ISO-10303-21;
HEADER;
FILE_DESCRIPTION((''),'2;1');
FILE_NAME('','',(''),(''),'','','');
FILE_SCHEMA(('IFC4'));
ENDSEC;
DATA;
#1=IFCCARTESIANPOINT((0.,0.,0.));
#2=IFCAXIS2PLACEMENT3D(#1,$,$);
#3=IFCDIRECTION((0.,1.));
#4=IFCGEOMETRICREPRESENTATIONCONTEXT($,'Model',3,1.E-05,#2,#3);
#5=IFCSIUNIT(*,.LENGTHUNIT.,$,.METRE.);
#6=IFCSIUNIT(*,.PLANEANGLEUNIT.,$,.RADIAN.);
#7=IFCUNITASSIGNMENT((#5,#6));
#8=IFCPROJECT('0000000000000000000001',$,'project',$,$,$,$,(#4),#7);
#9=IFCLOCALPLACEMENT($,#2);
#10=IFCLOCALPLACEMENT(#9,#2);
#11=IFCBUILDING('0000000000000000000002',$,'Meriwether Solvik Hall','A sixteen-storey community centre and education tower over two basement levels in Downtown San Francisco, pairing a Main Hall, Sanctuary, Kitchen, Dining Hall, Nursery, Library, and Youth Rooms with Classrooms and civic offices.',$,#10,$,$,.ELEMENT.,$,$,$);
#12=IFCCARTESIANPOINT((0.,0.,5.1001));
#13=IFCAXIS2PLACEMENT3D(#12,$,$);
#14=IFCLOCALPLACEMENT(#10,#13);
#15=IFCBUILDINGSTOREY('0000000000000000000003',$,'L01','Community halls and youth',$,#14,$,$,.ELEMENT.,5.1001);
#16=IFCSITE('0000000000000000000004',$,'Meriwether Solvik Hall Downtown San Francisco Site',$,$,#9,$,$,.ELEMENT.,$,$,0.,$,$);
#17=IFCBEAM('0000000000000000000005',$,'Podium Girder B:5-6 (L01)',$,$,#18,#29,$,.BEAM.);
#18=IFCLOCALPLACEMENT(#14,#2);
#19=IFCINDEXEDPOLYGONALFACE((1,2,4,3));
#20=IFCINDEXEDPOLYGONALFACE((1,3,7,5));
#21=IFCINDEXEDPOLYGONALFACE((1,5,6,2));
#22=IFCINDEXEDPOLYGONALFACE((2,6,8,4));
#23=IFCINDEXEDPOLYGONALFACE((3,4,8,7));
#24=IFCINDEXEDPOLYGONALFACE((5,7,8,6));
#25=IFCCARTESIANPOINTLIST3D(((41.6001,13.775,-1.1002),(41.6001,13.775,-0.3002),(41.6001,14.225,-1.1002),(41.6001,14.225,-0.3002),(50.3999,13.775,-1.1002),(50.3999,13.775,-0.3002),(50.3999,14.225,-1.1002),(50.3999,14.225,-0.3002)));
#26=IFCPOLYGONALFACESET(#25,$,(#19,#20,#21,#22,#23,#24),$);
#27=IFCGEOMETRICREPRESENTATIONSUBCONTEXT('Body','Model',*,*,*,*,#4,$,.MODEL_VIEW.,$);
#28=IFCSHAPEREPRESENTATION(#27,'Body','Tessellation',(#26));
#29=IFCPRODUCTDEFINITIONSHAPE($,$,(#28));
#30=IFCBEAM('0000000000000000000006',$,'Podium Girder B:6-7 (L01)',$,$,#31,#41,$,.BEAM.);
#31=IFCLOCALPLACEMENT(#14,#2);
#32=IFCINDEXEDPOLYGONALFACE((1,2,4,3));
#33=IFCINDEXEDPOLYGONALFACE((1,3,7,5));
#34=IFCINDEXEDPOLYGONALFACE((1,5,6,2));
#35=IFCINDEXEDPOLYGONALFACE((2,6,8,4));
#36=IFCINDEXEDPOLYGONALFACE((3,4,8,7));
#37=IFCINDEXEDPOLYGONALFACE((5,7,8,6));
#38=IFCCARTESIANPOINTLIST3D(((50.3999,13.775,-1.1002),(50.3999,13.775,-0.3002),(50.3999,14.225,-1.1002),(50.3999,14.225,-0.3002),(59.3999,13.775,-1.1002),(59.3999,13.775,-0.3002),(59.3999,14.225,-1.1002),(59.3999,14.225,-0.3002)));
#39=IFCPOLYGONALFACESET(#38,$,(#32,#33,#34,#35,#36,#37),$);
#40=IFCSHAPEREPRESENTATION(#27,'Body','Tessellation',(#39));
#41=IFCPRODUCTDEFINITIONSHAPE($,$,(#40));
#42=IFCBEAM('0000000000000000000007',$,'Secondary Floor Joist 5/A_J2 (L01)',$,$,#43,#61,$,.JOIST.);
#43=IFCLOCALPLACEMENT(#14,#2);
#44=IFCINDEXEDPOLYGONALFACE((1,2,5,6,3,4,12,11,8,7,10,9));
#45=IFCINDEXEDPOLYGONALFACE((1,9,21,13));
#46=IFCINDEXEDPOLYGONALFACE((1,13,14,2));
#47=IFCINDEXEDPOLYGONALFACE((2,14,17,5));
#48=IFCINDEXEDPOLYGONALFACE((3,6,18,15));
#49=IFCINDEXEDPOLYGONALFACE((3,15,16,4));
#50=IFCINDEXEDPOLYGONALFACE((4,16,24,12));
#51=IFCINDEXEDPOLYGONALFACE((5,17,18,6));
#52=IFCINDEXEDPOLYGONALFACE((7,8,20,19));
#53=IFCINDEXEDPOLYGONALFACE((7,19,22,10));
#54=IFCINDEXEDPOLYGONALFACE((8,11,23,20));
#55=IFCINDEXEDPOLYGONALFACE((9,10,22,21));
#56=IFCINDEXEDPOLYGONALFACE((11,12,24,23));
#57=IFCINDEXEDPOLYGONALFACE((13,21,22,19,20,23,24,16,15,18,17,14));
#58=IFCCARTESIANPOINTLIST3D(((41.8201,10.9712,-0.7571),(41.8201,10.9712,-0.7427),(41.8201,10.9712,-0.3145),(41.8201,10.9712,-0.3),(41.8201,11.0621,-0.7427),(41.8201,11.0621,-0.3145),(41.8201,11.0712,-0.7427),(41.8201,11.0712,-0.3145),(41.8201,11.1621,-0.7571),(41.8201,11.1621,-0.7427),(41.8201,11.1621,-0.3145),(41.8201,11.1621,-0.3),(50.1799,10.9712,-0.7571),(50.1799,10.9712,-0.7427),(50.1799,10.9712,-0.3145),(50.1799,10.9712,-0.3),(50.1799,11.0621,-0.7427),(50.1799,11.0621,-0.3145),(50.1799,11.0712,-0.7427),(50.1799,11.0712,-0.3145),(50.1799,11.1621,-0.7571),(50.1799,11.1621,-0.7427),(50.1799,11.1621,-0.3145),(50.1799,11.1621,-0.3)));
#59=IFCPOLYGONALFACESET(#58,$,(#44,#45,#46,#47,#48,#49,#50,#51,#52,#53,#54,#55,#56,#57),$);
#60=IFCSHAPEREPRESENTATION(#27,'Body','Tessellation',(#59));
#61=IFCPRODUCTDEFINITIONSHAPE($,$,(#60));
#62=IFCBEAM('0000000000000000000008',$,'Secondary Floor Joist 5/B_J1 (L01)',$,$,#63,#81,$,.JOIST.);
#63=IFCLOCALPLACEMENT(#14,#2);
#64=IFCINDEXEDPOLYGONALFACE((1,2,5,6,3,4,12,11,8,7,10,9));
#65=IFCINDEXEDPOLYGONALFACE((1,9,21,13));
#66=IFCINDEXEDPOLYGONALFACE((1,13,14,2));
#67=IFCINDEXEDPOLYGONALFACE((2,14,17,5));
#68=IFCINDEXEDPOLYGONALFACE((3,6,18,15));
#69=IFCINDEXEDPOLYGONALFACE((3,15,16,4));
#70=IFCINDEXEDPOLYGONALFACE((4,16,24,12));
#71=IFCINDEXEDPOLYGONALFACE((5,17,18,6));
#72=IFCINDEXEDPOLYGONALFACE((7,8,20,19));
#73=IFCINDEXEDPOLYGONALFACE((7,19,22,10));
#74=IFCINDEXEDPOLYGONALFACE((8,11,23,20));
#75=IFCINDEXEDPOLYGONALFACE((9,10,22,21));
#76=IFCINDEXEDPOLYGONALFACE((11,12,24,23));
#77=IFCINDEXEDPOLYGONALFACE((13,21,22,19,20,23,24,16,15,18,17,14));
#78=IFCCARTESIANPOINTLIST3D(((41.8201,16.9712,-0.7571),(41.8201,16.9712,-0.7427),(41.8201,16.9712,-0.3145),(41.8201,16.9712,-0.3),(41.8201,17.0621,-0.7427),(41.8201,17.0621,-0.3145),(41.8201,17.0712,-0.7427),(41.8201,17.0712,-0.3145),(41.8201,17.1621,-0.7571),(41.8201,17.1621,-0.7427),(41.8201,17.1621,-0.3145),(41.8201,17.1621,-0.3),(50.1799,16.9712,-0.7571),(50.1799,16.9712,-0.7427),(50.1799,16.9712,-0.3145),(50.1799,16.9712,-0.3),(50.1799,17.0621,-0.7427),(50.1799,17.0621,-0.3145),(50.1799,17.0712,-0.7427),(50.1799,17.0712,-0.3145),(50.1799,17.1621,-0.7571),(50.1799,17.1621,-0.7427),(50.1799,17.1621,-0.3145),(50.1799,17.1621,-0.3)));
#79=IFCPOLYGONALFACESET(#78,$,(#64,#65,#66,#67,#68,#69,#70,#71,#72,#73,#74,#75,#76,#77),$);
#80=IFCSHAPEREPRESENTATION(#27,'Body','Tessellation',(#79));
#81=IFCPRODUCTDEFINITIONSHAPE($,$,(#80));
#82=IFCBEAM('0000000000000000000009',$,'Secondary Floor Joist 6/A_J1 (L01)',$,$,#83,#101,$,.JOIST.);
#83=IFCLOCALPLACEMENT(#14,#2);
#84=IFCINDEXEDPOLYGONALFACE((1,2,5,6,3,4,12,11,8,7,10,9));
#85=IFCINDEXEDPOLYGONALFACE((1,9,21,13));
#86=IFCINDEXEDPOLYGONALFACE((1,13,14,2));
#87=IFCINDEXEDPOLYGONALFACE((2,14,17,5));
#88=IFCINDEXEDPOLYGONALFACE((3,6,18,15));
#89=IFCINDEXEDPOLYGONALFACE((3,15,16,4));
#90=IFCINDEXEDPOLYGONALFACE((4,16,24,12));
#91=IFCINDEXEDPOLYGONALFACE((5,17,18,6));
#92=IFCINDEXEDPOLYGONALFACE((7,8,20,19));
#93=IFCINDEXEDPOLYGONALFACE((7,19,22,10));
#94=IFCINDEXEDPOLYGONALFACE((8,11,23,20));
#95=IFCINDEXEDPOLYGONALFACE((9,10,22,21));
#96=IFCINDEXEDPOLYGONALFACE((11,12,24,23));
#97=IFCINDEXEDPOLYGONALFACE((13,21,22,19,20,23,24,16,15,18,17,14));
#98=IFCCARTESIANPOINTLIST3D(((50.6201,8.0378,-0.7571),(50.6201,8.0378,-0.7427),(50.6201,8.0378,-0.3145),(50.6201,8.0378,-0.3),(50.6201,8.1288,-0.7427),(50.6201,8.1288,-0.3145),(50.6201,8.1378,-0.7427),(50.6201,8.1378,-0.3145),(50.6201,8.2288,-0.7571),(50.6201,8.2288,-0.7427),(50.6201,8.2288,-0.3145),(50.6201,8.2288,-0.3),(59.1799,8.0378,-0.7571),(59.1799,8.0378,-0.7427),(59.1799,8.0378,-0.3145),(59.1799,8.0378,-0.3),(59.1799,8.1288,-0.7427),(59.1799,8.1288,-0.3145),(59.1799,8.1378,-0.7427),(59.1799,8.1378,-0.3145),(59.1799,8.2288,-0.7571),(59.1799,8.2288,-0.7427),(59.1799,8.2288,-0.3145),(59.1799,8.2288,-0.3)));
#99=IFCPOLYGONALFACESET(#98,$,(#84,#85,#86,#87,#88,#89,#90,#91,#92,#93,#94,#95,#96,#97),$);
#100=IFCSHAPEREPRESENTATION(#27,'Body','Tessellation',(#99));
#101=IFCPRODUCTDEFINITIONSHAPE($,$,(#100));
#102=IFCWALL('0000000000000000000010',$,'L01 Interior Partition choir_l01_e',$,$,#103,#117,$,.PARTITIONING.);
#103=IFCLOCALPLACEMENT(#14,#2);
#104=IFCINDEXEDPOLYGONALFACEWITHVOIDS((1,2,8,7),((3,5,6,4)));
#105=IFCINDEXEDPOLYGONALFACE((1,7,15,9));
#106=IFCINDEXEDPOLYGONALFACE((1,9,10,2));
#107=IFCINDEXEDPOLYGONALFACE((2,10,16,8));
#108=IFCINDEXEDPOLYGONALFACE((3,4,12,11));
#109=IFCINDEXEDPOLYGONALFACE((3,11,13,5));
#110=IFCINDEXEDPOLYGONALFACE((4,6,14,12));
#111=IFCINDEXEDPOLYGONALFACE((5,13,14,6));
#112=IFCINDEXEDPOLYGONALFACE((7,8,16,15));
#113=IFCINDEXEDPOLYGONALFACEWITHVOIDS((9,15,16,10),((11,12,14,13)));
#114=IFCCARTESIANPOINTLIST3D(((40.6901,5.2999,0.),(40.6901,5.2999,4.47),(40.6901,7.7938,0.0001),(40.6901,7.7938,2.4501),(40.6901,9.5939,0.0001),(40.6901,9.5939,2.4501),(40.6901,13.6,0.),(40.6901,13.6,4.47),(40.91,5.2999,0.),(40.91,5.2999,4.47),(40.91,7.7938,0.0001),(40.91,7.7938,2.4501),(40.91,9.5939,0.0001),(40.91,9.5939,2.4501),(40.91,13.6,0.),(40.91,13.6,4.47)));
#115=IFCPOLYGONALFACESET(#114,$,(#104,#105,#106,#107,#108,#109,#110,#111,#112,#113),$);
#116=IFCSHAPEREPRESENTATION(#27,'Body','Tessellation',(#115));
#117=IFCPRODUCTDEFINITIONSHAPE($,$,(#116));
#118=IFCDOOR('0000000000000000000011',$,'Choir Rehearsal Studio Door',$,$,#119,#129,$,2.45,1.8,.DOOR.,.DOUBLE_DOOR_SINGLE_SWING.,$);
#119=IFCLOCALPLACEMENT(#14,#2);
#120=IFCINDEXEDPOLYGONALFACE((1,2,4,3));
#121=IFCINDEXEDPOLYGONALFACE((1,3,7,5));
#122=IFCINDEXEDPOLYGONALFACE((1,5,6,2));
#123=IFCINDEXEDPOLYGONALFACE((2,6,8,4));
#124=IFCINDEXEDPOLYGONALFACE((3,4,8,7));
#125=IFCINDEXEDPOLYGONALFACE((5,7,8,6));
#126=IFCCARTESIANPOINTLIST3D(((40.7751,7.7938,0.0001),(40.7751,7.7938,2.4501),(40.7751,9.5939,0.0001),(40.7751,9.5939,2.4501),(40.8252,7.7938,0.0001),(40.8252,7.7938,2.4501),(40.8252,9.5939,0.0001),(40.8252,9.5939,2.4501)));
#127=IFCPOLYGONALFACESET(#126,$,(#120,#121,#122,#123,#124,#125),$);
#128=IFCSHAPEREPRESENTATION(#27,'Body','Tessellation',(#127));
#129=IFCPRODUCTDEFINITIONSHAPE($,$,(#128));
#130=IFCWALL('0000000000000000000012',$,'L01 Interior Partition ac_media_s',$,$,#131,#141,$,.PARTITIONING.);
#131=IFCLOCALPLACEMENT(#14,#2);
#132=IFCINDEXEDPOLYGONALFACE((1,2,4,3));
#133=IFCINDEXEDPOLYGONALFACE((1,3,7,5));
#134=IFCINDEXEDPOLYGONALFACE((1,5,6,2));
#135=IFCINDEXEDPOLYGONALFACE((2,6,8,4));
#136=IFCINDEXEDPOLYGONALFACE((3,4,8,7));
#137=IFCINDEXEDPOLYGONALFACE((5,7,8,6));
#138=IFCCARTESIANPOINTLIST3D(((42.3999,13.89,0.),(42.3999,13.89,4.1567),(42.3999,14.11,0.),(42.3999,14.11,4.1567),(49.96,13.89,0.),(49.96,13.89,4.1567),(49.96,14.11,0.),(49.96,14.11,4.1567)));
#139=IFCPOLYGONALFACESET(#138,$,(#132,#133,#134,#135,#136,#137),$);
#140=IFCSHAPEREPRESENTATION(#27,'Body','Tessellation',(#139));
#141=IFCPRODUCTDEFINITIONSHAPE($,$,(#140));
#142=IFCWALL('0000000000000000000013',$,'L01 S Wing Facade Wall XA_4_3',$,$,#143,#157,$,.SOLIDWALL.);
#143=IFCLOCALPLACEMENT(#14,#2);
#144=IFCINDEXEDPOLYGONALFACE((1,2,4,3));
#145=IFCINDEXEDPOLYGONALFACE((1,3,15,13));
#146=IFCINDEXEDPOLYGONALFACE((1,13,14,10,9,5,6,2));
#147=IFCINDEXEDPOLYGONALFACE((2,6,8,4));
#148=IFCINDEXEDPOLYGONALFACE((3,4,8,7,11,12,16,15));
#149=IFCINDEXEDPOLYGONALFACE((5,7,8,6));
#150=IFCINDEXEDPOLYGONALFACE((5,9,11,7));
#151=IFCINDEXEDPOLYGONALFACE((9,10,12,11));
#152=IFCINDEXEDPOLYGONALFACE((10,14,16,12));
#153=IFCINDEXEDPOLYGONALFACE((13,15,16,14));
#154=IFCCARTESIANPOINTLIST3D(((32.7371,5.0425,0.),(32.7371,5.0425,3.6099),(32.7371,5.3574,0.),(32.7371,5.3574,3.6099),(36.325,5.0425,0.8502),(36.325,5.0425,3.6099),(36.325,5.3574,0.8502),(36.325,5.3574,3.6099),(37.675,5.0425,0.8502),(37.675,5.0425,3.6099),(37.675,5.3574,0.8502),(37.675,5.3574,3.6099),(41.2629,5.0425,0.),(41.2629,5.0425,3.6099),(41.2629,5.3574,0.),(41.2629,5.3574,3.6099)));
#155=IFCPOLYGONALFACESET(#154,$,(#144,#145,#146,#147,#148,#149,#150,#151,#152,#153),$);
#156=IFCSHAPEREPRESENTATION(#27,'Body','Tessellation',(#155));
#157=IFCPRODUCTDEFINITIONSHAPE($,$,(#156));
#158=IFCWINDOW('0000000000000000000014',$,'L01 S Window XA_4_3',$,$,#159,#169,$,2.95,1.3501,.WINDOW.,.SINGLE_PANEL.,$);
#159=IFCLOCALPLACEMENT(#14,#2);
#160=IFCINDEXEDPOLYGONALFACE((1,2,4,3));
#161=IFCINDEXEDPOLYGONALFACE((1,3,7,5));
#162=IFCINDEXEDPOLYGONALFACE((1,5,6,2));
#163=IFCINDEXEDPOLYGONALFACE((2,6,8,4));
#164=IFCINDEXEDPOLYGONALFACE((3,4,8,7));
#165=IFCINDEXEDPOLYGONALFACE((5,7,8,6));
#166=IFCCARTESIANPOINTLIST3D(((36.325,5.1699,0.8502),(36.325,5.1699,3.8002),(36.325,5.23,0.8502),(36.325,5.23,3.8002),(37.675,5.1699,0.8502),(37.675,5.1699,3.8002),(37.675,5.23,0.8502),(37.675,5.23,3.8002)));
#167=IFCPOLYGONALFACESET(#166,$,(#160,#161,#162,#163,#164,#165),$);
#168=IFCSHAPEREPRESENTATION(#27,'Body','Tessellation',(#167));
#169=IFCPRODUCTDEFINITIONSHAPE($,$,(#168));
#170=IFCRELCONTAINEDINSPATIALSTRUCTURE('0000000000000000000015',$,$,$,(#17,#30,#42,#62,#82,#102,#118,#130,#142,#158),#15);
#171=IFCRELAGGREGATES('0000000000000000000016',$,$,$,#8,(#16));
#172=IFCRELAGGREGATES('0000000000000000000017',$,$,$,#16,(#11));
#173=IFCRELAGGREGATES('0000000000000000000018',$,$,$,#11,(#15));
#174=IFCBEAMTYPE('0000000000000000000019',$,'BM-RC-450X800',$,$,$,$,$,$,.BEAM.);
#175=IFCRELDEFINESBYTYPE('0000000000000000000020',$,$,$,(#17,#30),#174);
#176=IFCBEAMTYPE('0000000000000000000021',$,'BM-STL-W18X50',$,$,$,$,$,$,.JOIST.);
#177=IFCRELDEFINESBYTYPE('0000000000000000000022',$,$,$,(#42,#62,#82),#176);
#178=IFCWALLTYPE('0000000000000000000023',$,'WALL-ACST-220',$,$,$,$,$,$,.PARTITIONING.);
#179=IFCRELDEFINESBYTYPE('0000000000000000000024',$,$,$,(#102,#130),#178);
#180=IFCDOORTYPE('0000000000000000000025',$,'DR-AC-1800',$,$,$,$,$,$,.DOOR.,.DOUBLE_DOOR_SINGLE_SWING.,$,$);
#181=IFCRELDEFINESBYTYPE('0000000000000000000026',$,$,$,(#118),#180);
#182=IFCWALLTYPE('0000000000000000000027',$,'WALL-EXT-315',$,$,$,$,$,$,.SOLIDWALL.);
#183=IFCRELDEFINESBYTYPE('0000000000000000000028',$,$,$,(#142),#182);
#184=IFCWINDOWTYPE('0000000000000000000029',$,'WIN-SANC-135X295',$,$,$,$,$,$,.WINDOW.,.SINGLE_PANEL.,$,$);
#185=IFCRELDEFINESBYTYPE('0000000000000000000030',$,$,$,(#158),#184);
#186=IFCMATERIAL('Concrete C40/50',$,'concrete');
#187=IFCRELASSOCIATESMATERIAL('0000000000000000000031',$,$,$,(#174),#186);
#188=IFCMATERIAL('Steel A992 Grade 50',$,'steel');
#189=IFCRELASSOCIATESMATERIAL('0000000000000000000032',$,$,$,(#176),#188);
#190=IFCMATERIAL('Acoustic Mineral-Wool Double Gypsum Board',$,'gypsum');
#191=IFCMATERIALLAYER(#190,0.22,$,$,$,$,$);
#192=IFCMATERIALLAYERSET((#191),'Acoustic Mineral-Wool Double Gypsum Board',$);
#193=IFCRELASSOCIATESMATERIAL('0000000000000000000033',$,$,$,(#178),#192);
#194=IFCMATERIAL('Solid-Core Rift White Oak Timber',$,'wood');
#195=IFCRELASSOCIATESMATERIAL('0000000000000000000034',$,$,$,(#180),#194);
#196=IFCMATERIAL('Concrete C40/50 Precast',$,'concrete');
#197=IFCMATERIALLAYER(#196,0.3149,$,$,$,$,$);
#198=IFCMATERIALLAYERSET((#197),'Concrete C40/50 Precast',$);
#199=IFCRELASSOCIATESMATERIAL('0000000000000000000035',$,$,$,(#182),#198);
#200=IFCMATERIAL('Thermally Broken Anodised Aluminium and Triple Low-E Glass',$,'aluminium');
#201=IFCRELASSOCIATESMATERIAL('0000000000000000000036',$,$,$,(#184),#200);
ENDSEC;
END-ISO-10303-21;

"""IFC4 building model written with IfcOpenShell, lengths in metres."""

from ifc_helpers import new_model, si_unit, direction, frame, frame_2d, origin, origin_2d, place, context, subcontext, project, spatial, rectangle, i_section, extrude, material, layer, layer_set, material_profile, profile_set, type_object, element, fill, save


model = new_model("IFC4")

# Units and contexts
model_context = context("Model", 3, precision=1e-05, world=origin(), true_north=direction((0.0, 1.0)))
body_context = subcontext(model_context, "Body", "Model", "MODEL_VIEW")
ifc_project = project(units=[si_unit("LENGTHUNIT", "METRE"), si_unit("PLANEANGLEUNIT", "RADIAN")], contexts=[model_context])

# Site, building, storey
site_placement = place(None, origin())
site = spatial("IfcSite", under=ifc_project, at=site_placement, Name="Meriwether Solvik Hall Downtown San Francisco Site", CompositionType="ELEMENT", RefElevation=0.0)
building_placement = place(site_placement, origin())
building = spatial("IfcBuilding", under=site, at=building_placement, Name="Meriwether Solvik Hall", Description="A sixteen-storey community centre and education tower over two basement levels in Downtown San Francisco, pairing a Main Hall, Sanctuary, Kitchen, Dining Hall, Nursery, Library, and Youth Rooms with Classrooms and civic offices.", CompositionType="ELEMENT")
storey_placement = place(building_placement, frame((0.0, 0.0, 5.1001)))
storey = spatial("IfcBuildingStorey", under=building, at=storey_placement, Name="L01", Description="Community halls and youth", CompositionType="ELEMENT", Elevation=5.1001)

# Beams
ifc_material_1 = material(Name="Concrete C40/50", Category="concrete")
ifc_material_profile_1 = material_profile(ifc_material_1, rectangle(XDim=0.45, YDim=0.8, at=origin_2d()), Name="RCB-450X800")
ifc_profile_set_1 = profile_set([ifc_material_profile_1], Name="Concrete C40/50")
beam_type_1 = type_object("IfcBeamType", Name="BM-RC-450X800", PredefinedType="BEAM", material=ifc_profile_set_1)
beam_1_placement = place(storey_placement, frame((41.6001, 14.0, -0.7002), z_axis=(1.0, 0.0, 0.0), x_axis=(0.0, 1.0, 0.0)))
element("IfcBeam", 1, at=beam_1_placement, inside=storey, type_object=beam_type_1, Name="Podium Girder B:5-6 (L01)", PredefinedType="BEAM", context=body_context, shape_type="SweptSolid", body=[
    extrude(rectangle(XDim=0.45, YDim=0.8, at=origin_2d()), origin(), (0.0, 0.0, 1.0), 8.7998),
])
beam_2_placement = place(storey_placement, frame((50.3999, 14.0, -0.7002), z_axis=(1.0, 0.0, 0.0), x_axis=(0.0, 1.0, 0.0)))
element("IfcBeam", 2, at=beam_2_placement, inside=storey, type_object=beam_type_1, Name="Podium Girder B:6-7 (L01)", PredefinedType="BEAM", context=body_context, shape_type="SweptSolid", body=[
    extrude(rectangle(XDim=0.45, YDim=0.8, at=origin_2d()), origin(), (0.0, 0.0, 1.0), 9.0),
])
ifc_material_2 = material(Name="Steel A992 Grade 50", Category="steel")
ifc_material_profile_2 = material_profile(ifc_material_2, i_section(OverallWidth=0.1909, OverallDepth=0.457, WebThickness=0.009, FlangeThickness=0.0144, at=origin_2d()), Name="W18X50")
ifc_profile_set_2 = profile_set([ifc_material_profile_2], Name="Steel A992 Grade 50")
beam_type_2 = type_object("IfcBeamType", Name="BM-STL-W18X50", PredefinedType="JOIST", material=ifc_profile_set_2)
for number, where, z_axis, x_axis, name in (
    (3, (41.8201, 11.0667, -0.5286), (1.0, 0.0, 0.0), (0.0, 1.0, 0.0), "Secondary Floor Joist 5/A_J2 (L01)"),
    (4, (41.8201, 17.0667, -0.5286), (1.0, 0.0, 0.0), (0.0, 1.0, 0.0), "Secondary Floor Joist 5/B_J1 (L01)"),
):
    element("IfcBeam", number, at=place(storey_placement, frame(where, z_axis=z_axis, x_axis=x_axis)), inside=storey, type_object=beam_type_2, Name=name, PredefinedType="JOIST", context=body_context, shape_type="SweptSolid", body=[
        extrude(i_section(OverallWidth=0.1909, OverallDepth=0.457, WebThickness=0.009, FlangeThickness=0.0144, at=origin_2d()), origin(), (0.0, 0.0, 1.0), 8.3599),
    ])
beam_3_placement = place(storey_placement, frame((50.6201, 8.1333, -0.5286), z_axis=(1.0, 0.0, 0.0), x_axis=(0.0, 1.0, 0.0)))
element("IfcBeam", 5, at=beam_3_placement, inside=storey, type_object=beam_type_2, Name="Secondary Floor Joist 6/A_J1 (L01)", PredefinedType="JOIST", context=body_context, shape_type="SweptSolid", body=[
    extrude(i_section(OverallWidth=0.1909, OverallDepth=0.457, WebThickness=0.009, FlangeThickness=0.0144, at=origin_2d()), origin(), (0.0, 0.0, 1.0), 8.5598),
])

# Wall, opening, door
ifc_material_3 = material(Name="Acoustic Mineral-Wool Double Gypsum Board", Category="gypsum")
ifc_layer_1 = layer(ifc_material_3, 0.22)
ifc_layer_set_1 = layer_set([ifc_layer_1], Name="Acoustic Mineral-Wool Double Gypsum Board")
wall_type_1 = type_object("IfcWallType", Name="WALL-ACST-220", PredefinedType="PARTITIONING", material=ifc_layer_set_1)
wall_1_placement = place(storey_placement, frame((40.8, 5.3, 0.0), z_axis=(0.0, 0.0, 1.0), x_axis=(0.0, 1.0, 0.0)))
wall_1 = element("IfcWall", 6, at=wall_1_placement, inside=storey, type_object=wall_type_1, Name="L01 Interior Partition choir_l01_e", PredefinedType="PARTITIONING", context=body_context, shape_type="SweptSolid", body=[
    extrude(rectangle(XDim=8.3, YDim=0.22, at=frame_2d((4.1499, 0.0))), origin(), (0.0, 0.0, 1.0), 4.47),
])
opening_1_placement = place(wall_1_placement, frame((2.4939, 0.0, 0.0)))
opening_1 = element("IfcOpeningElement", 7, at=opening_1_placement, cuts=wall_1, PredefinedType="OPENING", context=body_context, shape_type="SweptSolid", body=[
    extrude(rectangle(XDim=1.8, YDim=2.45, at=frame_2d((0.8999, 1.2251))), frame((0.0, 0.1221, 0.0), z_axis=(0.0, -1.0, 0.0), x_axis=(1.0, 0.0, 0.0)), (0.0, 0.0, 1.0), 0.2439),
])
ifc_material_4 = material(Name="Solid-Core Rift White Oak Timber", Category="wood")
door_type = type_object("IfcDoorType", Name="DR-AC-1800", OperationType="DOUBLE_DOOR_SINGLE_SWING", PredefinedType="DOOR", material=ifc_material_4)
door_placement = place(opening_1_placement, origin())
door = element("IfcDoor", 8, at=door_placement, inside=storey, type_object=door_type, Name="Choir Rehearsal Studio Door", OperationType="DOUBLE_DOOR_SINGLE_SWING", OverallHeight=2.45, OverallWidth=1.8, PredefinedType="DOOR", context=body_context, shape_type="SweptSolid", body=[
    extrude(rectangle(XDim=1.8, YDim=2.45, at=frame_2d((0.8999, 1.2251))), frame((0.0, 0.0249, 0.0), z_axis=(0.0, -1.0, 0.0), x_axis=(1.0, 0.0, 0.0)), (0.0, 0.0, 1.0), 0.05),
])
fill(opening_1, door)

# Wall
wall_2_placement = place(storey_placement, frame((42.3999, 14.0, 0.0), z_axis=(0.0, 0.0, 1.0), x_axis=(1.0, 0.0, 0.0)))
element("IfcWall", 9, at=wall_2_placement, inside=storey, type_object=wall_type_1, Name="L01 Interior Partition ac_media_s", PredefinedType="PARTITIONING", context=body_context, shape_type="SweptSolid", body=[
    extrude(rectangle(XDim=7.5601, YDim=0.22, at=frame_2d((3.78, 0.0))), origin(), (0.0, 0.0, 1.0), 4.1567),
])

# Wall, opening, window
ifc_material_5 = material(Name="Concrete C40/50 Precast", Category="concrete")
ifc_layer_2 = layer(ifc_material_5, 0.3149)
ifc_layer_set_2 = layer_set([ifc_layer_2], Name="Concrete C40/50 Precast")
wall_type_2 = type_object("IfcWallType", Name="WALL-EXT-315", PredefinedType="SOLIDWALL", material=ifc_layer_set_2)
wall_3_placement = place(storey_placement, frame((41.2629, 5.2, 0.0), z_axis=(0.0, 0.0, 1.0), x_axis=(-1.0, 0.0, 0.0)))
wall_3 = element("IfcWall", 10, at=wall_3_placement, inside=storey, type_object=wall_type_2, Name="L01 S Wing Facade Wall XA_4_3", PredefinedType="SOLIDWALL", context=body_context, shape_type="SweptSolid", body=[
    extrude(rectangle(XDim=8.5259, YDim=0.3149, at=frame_2d((4.2629, 0.0))), origin(), (0.0, 0.0, 1.0), 3.6099),
])
opening_2_placement = place(wall_3_placement, frame((3.5879, 0.0, 0.8501)))
opening_2 = element("IfcOpeningElement", 11, at=opening_2_placement, cuts=wall_3, PredefinedType="OPENING", context=body_context, shape_type="SweptSolid", body=[
    extrude(rectangle(XDim=1.3501, YDim=2.95, at=frame_2d((0.675, 1.4751))), frame((0.0, 0.1694, 0.0), z_axis=(0.0, -1.0, 0.0), x_axis=(1.0, 0.0, 0.0)), (0.0, 0.0, 1.0), 0.3389),
])
ifc_material_6 = material(Name="Thermally Broken Anodised Aluminium and Triple Low-E Glass", Category="aluminium")
window_type_1 = type_object("IfcWindowType", Name="WIN-SANC-135X295", PartitioningType="SINGLE_PANEL", PredefinedType="WINDOW", material=ifc_material_6)
window_1_placement = place(opening_2_placement, origin())
window_1 = element("IfcWindow", 12, at=window_1_placement, inside=storey, type_object=window_type_1, Name="L01 S Window XA_4_3", OverallHeight=2.95, OverallWidth=1.3501, PartitioningType="SINGLE_PANEL", PredefinedType="WINDOW", context=body_context, shape_type="SweptSolid", body=[
    extrude(rectangle(XDim=1.3501, YDim=2.95, at=frame_2d((0.675, 1.4751))), frame((0.0, 0.03, 0.0), z_axis=(0.0, -1.0, 0.0), x_axis=(1.0, 0.0, 0.0)), (0.0, 0.0, 1.0), 0.0601),
])
fill(opening_2, window_1)

save(model, "model.ifc")
